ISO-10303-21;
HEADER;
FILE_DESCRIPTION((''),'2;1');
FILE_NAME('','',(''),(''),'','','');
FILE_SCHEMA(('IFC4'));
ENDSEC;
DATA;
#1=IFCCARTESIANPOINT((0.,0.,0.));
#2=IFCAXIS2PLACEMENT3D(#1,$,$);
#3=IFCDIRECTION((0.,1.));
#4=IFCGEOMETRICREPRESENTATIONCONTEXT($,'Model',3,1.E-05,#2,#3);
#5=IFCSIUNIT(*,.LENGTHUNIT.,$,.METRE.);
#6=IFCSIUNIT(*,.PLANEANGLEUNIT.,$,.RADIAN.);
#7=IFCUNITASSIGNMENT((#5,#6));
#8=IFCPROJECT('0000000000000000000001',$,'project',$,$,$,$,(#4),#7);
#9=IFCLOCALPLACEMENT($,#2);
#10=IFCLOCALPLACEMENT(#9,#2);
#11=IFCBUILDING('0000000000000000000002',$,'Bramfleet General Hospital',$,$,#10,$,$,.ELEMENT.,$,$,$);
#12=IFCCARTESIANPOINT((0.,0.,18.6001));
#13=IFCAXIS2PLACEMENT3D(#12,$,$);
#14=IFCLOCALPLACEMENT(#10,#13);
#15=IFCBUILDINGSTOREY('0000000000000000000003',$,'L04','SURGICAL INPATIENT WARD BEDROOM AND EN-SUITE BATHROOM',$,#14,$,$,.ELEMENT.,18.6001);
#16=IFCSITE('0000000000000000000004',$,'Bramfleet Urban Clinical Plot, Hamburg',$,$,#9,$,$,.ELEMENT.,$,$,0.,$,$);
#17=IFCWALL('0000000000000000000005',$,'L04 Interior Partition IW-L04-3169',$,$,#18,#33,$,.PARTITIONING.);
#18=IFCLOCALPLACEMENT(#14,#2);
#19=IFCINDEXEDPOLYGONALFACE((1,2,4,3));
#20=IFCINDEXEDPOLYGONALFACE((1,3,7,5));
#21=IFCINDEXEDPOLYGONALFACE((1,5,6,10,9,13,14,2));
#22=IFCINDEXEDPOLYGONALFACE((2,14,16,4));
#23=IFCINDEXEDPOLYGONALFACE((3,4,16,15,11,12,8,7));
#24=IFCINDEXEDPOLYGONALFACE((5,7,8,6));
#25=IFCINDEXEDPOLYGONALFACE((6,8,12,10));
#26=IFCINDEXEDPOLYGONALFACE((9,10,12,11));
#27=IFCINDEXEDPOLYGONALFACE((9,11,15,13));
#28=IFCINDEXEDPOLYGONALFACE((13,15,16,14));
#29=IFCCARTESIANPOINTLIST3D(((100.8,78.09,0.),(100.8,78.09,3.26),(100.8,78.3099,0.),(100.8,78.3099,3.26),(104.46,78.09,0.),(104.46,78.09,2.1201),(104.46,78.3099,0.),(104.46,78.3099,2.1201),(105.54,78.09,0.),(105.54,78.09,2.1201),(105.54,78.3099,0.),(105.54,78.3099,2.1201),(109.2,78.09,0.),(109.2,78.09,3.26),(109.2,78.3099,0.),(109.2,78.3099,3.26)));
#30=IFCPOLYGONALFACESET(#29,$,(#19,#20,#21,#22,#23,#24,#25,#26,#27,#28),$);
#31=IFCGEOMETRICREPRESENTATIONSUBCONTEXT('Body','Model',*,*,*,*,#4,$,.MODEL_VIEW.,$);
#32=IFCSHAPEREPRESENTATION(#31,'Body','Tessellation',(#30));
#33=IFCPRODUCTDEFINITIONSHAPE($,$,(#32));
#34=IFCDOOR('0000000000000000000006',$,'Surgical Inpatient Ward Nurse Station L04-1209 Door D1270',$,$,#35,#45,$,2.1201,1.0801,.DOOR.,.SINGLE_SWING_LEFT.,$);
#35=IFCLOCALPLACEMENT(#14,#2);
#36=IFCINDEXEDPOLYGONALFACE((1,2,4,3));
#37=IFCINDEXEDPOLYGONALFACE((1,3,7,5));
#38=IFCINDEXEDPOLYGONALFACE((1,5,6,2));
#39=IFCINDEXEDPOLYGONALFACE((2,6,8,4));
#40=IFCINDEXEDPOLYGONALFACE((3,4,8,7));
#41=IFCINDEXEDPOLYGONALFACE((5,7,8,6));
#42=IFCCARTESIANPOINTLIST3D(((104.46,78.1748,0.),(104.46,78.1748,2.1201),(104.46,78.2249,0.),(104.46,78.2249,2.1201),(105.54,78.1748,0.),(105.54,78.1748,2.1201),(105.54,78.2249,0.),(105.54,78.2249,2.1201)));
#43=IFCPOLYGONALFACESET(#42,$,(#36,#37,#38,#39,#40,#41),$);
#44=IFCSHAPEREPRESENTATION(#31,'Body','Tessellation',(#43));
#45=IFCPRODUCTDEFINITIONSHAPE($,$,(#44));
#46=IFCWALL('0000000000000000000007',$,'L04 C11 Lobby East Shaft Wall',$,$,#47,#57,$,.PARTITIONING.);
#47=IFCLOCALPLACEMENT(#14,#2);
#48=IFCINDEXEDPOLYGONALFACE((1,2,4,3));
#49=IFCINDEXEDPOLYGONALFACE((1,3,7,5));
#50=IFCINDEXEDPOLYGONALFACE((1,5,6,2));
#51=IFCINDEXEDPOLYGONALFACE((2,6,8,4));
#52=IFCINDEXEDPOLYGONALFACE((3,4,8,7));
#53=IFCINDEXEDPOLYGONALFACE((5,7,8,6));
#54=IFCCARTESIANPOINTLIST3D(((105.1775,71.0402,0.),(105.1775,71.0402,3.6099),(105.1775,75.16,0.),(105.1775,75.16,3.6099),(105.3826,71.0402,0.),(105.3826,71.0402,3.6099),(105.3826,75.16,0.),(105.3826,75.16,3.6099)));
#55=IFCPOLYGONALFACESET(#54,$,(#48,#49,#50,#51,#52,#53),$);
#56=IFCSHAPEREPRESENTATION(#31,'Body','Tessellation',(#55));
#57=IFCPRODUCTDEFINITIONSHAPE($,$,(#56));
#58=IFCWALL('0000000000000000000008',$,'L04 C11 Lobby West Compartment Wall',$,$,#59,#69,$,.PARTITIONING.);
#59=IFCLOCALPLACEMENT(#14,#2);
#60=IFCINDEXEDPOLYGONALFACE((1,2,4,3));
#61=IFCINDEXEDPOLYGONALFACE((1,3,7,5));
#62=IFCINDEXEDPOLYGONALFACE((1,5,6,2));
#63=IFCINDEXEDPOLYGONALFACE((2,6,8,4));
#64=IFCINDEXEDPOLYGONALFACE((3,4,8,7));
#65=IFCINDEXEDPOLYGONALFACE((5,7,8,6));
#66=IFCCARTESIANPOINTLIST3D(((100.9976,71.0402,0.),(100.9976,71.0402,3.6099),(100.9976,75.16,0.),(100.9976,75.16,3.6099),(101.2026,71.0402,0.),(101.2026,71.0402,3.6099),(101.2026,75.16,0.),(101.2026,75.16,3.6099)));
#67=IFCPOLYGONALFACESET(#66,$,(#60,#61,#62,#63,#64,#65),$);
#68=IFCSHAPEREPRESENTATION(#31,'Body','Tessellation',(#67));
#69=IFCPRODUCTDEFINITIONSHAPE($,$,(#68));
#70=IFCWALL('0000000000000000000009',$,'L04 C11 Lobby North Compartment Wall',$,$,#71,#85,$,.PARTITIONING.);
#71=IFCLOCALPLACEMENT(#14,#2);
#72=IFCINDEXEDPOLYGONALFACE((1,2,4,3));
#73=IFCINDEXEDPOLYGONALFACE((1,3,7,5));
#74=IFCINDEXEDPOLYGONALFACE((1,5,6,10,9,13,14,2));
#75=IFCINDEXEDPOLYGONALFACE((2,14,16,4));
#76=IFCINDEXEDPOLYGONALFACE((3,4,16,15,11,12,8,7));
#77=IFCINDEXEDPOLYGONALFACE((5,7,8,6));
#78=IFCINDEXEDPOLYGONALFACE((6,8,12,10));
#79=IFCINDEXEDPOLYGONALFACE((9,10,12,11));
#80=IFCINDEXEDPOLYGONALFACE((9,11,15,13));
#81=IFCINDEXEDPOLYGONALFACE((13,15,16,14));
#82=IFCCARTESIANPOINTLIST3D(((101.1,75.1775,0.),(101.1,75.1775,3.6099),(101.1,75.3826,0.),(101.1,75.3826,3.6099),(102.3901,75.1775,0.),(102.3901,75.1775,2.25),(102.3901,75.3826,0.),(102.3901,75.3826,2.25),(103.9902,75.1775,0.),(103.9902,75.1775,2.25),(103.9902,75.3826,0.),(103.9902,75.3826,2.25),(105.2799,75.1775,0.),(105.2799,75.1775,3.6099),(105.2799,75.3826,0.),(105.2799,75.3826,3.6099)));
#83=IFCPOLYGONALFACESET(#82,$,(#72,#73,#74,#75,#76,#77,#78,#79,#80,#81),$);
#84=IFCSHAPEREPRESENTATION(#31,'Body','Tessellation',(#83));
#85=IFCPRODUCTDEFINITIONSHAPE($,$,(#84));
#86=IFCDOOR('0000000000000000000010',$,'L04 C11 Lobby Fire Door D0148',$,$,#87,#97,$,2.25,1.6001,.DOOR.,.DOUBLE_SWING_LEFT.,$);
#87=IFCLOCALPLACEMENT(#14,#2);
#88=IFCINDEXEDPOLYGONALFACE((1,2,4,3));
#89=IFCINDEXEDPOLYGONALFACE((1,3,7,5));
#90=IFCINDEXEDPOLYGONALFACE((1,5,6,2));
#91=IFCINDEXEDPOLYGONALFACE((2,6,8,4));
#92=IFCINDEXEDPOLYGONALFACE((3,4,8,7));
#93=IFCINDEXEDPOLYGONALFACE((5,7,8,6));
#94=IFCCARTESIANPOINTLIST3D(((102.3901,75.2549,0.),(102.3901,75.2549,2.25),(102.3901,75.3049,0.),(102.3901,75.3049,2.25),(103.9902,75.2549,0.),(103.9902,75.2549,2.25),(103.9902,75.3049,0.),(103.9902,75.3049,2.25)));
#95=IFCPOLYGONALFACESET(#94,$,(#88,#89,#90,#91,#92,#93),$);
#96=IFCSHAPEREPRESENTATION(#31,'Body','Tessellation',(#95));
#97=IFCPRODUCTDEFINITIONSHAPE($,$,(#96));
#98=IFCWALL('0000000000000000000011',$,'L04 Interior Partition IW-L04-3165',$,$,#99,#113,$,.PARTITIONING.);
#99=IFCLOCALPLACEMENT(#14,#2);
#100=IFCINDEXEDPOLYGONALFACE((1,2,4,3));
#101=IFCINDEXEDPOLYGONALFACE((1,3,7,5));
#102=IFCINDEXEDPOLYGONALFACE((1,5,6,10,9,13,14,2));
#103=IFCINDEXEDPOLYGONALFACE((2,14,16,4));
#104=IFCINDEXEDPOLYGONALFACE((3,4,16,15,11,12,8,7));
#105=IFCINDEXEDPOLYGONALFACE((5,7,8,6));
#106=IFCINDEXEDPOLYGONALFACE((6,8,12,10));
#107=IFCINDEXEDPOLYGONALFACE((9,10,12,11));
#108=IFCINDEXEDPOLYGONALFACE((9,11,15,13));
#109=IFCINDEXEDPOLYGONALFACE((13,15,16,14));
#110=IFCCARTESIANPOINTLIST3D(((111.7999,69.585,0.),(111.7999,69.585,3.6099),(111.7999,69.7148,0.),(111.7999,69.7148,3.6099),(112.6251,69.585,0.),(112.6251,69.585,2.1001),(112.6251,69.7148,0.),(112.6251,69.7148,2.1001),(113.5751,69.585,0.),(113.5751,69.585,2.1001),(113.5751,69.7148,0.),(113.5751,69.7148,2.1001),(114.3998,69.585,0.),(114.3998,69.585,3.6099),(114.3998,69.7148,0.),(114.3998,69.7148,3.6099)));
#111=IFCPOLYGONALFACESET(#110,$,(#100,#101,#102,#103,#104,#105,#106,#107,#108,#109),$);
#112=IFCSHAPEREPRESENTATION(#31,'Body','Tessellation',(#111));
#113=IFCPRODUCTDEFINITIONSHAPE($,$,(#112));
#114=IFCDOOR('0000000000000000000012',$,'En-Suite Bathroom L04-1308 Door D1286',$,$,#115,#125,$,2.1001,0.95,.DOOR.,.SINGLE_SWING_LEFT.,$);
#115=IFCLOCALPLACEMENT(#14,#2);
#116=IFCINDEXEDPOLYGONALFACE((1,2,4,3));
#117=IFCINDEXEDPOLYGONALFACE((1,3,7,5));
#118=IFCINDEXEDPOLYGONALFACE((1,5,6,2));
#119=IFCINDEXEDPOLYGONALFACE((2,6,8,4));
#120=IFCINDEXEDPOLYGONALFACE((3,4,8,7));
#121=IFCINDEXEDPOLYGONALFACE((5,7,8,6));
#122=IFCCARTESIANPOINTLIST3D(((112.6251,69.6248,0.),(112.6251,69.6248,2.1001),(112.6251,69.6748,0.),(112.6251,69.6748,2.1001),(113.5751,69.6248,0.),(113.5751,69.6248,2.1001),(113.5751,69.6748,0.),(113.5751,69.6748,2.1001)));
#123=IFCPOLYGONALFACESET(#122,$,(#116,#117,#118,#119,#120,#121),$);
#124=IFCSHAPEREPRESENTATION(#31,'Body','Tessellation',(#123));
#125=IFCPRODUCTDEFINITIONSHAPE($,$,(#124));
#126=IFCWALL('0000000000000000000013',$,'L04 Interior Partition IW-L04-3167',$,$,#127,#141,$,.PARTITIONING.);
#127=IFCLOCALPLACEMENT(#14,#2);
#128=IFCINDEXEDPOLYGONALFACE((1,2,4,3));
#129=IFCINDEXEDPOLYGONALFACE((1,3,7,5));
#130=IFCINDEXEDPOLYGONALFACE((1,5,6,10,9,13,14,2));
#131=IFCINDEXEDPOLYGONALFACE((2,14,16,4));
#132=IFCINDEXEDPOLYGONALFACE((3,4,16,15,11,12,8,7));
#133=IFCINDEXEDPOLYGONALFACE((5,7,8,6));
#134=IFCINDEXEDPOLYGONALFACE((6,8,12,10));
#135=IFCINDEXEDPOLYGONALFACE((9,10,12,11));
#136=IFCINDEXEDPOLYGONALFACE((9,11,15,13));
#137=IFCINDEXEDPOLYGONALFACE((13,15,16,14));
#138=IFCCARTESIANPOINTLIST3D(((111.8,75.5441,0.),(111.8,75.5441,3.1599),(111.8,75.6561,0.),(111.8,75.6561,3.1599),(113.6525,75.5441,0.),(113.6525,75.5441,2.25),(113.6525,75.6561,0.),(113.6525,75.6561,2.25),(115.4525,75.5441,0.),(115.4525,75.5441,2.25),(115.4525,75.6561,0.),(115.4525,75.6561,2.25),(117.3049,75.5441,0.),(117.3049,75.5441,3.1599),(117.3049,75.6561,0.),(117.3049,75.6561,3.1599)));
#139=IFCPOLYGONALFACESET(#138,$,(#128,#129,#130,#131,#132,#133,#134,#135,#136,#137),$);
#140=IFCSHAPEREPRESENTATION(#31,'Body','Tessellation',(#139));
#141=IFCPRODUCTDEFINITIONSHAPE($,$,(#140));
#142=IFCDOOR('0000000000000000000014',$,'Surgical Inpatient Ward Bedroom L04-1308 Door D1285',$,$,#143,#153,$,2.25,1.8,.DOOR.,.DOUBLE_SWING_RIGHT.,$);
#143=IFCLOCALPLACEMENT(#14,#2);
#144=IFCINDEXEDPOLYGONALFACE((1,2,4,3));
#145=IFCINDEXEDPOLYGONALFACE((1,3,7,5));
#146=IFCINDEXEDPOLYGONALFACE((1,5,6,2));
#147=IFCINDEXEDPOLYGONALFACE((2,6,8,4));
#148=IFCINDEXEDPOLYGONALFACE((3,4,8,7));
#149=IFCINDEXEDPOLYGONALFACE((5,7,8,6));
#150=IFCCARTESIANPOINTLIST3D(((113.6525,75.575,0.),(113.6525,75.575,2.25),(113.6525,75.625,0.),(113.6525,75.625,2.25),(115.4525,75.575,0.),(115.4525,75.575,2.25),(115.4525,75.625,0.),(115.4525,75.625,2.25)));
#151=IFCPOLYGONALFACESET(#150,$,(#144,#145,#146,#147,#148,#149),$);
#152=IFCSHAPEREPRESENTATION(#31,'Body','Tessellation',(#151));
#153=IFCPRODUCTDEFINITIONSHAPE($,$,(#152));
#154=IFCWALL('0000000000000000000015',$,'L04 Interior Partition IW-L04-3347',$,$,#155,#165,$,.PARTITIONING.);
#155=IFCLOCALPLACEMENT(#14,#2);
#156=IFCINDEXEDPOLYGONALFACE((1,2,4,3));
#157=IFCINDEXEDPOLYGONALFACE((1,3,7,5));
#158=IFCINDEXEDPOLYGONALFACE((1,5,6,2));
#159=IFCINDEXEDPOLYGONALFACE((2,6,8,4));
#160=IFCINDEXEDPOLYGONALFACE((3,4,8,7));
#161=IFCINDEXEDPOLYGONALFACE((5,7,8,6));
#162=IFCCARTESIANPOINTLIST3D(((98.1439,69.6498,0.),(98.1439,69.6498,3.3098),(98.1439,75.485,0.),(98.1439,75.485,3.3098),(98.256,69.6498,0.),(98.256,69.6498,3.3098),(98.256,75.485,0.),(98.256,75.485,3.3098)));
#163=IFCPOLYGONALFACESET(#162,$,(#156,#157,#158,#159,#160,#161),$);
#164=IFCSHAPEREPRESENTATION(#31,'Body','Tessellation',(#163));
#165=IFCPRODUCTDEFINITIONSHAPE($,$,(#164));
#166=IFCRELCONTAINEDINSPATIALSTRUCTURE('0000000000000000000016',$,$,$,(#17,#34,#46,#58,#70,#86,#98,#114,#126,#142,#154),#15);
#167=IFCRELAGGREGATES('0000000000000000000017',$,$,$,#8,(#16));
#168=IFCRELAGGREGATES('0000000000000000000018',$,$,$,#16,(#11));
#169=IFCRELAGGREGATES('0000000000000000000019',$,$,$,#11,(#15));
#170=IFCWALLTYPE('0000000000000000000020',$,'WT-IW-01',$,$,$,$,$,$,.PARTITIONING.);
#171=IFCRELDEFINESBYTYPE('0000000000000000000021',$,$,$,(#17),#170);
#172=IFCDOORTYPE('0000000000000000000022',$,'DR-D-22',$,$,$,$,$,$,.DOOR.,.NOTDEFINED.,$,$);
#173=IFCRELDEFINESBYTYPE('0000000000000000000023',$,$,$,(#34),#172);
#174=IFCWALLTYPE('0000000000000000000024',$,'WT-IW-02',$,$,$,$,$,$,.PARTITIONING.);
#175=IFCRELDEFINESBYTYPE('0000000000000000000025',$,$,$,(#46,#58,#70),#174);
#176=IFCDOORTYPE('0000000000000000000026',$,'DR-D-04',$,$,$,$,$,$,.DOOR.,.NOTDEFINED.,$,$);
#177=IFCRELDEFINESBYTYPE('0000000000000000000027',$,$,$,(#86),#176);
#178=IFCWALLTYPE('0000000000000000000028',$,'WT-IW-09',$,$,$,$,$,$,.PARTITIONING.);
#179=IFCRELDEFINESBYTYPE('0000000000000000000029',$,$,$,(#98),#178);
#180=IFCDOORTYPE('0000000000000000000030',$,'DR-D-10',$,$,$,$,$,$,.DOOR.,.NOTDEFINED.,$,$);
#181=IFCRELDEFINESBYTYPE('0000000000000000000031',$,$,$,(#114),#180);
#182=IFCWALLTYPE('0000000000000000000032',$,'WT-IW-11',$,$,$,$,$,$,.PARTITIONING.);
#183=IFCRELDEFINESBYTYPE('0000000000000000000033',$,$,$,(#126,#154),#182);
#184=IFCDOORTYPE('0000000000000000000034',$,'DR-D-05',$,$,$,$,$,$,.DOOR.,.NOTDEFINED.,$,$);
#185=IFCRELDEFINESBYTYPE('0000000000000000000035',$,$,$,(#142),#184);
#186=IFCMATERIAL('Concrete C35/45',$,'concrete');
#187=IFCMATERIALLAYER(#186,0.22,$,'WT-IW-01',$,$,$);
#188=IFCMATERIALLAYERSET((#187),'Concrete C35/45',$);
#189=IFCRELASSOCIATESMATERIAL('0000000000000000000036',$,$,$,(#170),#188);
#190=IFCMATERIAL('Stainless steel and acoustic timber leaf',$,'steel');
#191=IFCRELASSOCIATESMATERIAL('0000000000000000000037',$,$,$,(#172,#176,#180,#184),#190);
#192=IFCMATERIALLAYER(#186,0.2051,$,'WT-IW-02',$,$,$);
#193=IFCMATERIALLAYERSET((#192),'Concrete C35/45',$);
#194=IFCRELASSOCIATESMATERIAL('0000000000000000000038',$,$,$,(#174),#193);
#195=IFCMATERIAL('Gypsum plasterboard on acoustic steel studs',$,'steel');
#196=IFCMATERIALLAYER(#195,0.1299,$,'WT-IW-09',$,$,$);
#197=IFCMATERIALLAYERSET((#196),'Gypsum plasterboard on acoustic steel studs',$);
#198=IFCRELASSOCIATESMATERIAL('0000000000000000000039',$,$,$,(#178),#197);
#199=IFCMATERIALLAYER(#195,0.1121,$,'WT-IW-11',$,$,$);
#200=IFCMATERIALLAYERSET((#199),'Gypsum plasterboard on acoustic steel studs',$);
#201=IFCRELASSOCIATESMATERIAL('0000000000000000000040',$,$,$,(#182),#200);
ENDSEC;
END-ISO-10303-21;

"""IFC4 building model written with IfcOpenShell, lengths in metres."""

from ifc_helpers import new_model, si_unit, direction, frame, frame_2d, origin, place, context, subcontext, project, spatial, rectangle, extrude, material, layer, layer_set, type_object, element, fill, save


model = new_model("IFC4")

# Units and contexts
model_context = context("Model", 3, precision=1e-05, world=origin(), true_north=direction((0.0, 1.0)))
body_context = subcontext(model_context, "Body", "Model", "MODEL_VIEW")
ifc_project = project(units=[si_unit("LENGTHUNIT", "METRE"), si_unit("PLANEANGLEUNIT", "RADIAN")], contexts=[model_context])

# Site, building, storey
site_placement = place(None, origin())
site = spatial("IfcSite", under=ifc_project, at=site_placement, Name="Bramfleet Urban Clinical Plot, Hamburg", CompositionType="ELEMENT", RefElevation=0.0)
building_placement = place(site_placement, origin())
building = spatial("IfcBuilding", under=site, at=building_placement, Name="Bramfleet General Hospital", CompositionType="ELEMENT")
storey_placement = place(building_placement, frame((0.0, 0.0, 18.6001)))
storey = spatial("IfcBuildingStorey", under=building, at=storey_placement, Name="L04", Description="SURGICAL INPATIENT WARD BEDROOM AND EN-SUITE BATHROOM", CompositionType="ELEMENT", Elevation=18.6001)

# Shared definitions
ifc_material_1 = material(Name="Concrete C35/45", Category="concrete")

# Wall, opening, door
ifc_layer_1 = layer(ifc_material_1, 0.22, Name="WT-IW-01")
ifc_layer_set_1 = layer_set([ifc_layer_1], Name="Concrete C35/45")
wall_type_1 = type_object("IfcWallType", Name="WT-IW-01", PredefinedType="PARTITIONING", material=ifc_layer_set_1)
wall_1_placement = place(storey_placement, frame((100.8, 78.2, 0.0), z_axis=(0.0, 0.0, 1.0), x_axis=(1.0, 0.0, 0.0)))
wall_1 = element("IfcWall", 1, at=wall_1_placement, inside=storey, type_object=wall_type_1, Name="L04 Interior Partition IW-L04-3169", PredefinedType="PARTITIONING", context=body_context, shape_type="SweptSolid", body=[
    extrude(rectangle(XDim=8.3999, YDim=0.22, at=frame_2d((4.2, 0.0))), origin(), (0.0, 0.0, 1.0), 3.26),
])
opening_1_placement = place(wall_1_placement, frame((3.6599, 0.0, 0.0)))
opening_1 = element("IfcOpeningElement", 2, at=opening_1_placement, cuts=wall_1, PredefinedType="OPENING", context=body_context, shape_type="SweptSolid", body=[
    extrude(rectangle(XDim=1.0801, YDim=2.1201, at=frame_2d((0.54, 1.0601))), frame((0.0, 0.1199, 0.0), z_axis=(0.0, -1.0, 0.0), x_axis=(1.0, 0.0, 0.0)), (0.0, 0.0, 1.0), 0.24),
])
ifc_material_2 = material(Name="Stainless steel and acoustic timber leaf", Category="steel")
door_type_1 = type_object("IfcDoorType", Name="DR-D-22", OperationType="NOTDEFINED", PredefinedType="DOOR", material=ifc_material_2)
door_1_placement = place(opening_1_placement, origin())
door_1 = element("IfcDoor", 3, at=door_1_placement, inside=storey, type_object=door_type_1, Name="Surgical Inpatient Ward Nurse Station L04-1209 Door D1270", OperationType="SINGLE_SWING_LEFT", OverallHeight=2.1201, OverallWidth=1.0801, PredefinedType="DOOR", context=body_context, shape_type="SweptSolid", body=[
    extrude(rectangle(XDim=1.0801, YDim=2.1201, at=frame_2d((0.54, 1.0601))), frame((0.0, 0.0249, 0.0), z_axis=(0.0, -1.0, 0.0), x_axis=(1.0, 0.0, 0.0)), (0.0, 0.0, 1.0), 0.05),
])
fill(opening_1, door_1)

# Walls
ifc_layer_2 = layer(ifc_material_1, 0.2051, Name="WT-IW-02")
ifc_layer_set_2 = layer_set([ifc_layer_2], Name="Concrete C35/45")
wall_type_2 = type_object("IfcWallType", Name="WT-IW-02", PredefinedType="PARTITIONING", material=ifc_layer_set_2)
for number, where, z_axis, x_axis, name in (
    (4, (105.28, 71.04, 0.0), (0.0, 0.0, 1.0), (0.0, 1.0, 0.0), "L04 C11 Lobby East Shaft Wall"),
    (5, (101.1001, 71.04, 0.0), (0.0, 0.0, 1.0), (0.0, 1.0, 0.0), "L04 C11 Lobby West Compartment Wall"),
):
    element("IfcWall", number, at=place(storey_placement, frame(where, z_axis=z_axis, x_axis=x_axis)), inside=storey, type_object=wall_type_2, Name=name, PredefinedType="PARTITIONING", context=body_context, shape_type="SweptSolid", body=[
        extrude(rectangle(XDim=4.1199, YDim=0.2051, at=frame_2d((2.0601, 0.0))), origin(), (0.0, 0.0, 1.0), 3.6099),
    ])

# Walls, openings, doors
wall_2_placement = place(storey_placement, frame((101.1001, 75.28, 0.0), z_axis=(0.0, 0.0, 1.0), x_axis=(1.0, 0.0, 0.0)))
wall_2 = element("IfcWall", 6, at=wall_2_placement, inside=storey, type_object=wall_type_2, Name="L04 C11 Lobby North Compartment Wall", PredefinedType="PARTITIONING", context=body_context, shape_type="SweptSolid", body=[
    extrude(rectangle(XDim=4.1799, YDim=0.2051, at=frame_2d((2.0898, 0.0))), origin(), (0.0, 0.0, 1.0), 3.6099),
])
opening_2_placement = place(wall_2_placement, frame((1.29, 0.0, 0.0)))
opening_2 = element("IfcOpeningElement", 7, at=opening_2_placement, cuts=wall_2, PredefinedType="OPENING", context=body_context, shape_type="SweptSolid", body=[
    extrude(rectangle(XDim=1.6001, YDim=2.25, at=frame_2d((0.8, 1.125))), frame((0.0, 0.1125, 0.0), z_axis=(0.0, -1.0, 0.0), x_axis=(1.0, 0.0, 0.0)), (0.0, 0.0, 1.0), 0.2251),
])
door_type_2 = type_object("IfcDoorType", Name="DR-D-04", OperationType="NOTDEFINED", PredefinedType="DOOR", material=ifc_material_2)
door_2_placement = place(opening_2_placement, origin())
door_2 = element("IfcDoor", 8, at=door_2_placement, inside=storey, type_object=door_type_2, Name="L04 C11 Lobby Fire Door D0148", OperationType="DOUBLE_SWING_LEFT", OverallHeight=2.25, OverallWidth=1.6001, PredefinedType="DOOR", context=body_context, shape_type="SweptSolid", body=[
    extrude(rectangle(XDim=1.6001, YDim=2.25, at=frame_2d((0.8, 1.125))), frame((0.0, 0.0249, 0.0), z_axis=(0.0, -1.0, 0.0), x_axis=(1.0, 0.0, 0.0)), (0.0, 0.0, 1.0), 0.05),
])
fill(opening_2, door_2)
ifc_material_3 = material(Name="Gypsum plasterboard on acoustic steel studs", Category="steel")
ifc_layer_3 = layer(ifc_material_3, 0.1299, Name="WT-IW-09")
ifc_layer_set_3 = layer_set([ifc_layer_3], Name="Gypsum plasterboard on acoustic steel studs")
wall_type_3 = type_object("IfcWallType", Name="WT-IW-09", PredefinedType="PARTITIONING", material=ifc_layer_set_3)
wall_3_placement = place(storey_placement, frame((111.8, 69.6499, 0.0), z_axis=(0.0, 0.0, 1.0), x_axis=(1.0, 0.0, 0.0)))
wall_3 = element("IfcWall", 9, at=wall_3_placement, inside=storey, type_object=wall_type_3, Name="L04 Interior Partition IW-L04-3165", PredefinedType="PARTITIONING", context=body_context, shape_type="SweptSolid", body=[
    extrude(rectangle(XDim=2.5999, YDim=0.1299, at=frame_2d((1.2998, 0.0))), origin(), (0.0, 0.0, 1.0), 3.6099),
])
opening_3_placement = place(wall_3_placement, frame((0.825, 0.0, 0.0)))
opening_3 = element("IfcOpeningElement", 10, at=opening_3_placement, cuts=wall_3, PredefinedType="OPENING", context=body_context, shape_type="SweptSolid", body=[
    extrude(rectangle(XDim=0.95, YDim=2.1001, at=frame_2d((0.4751, 1.05))), frame((0.0, 0.075, 0.0), z_axis=(0.0, -1.0, 0.0), x_axis=(1.0, 0.0, 0.0)), (0.0, 0.0, 1.0), 0.1499),
])
door_type_3 = type_object("IfcDoorType", Name="DR-D-10", OperationType="NOTDEFINED", PredefinedType="DOOR", material=ifc_material_2)
door_3_placement = place(opening_3_placement, origin())
door_3 = element("IfcDoor", 11, at=door_3_placement, inside=storey, type_object=door_type_3, Name="En-Suite Bathroom L04-1308 Door D1286", OperationType="SINGLE_SWING_LEFT", OverallHeight=2.1001, OverallWidth=0.95, PredefinedType="DOOR", context=body_context, shape_type="SweptSolid", body=[
    extrude(rectangle(XDim=0.95, YDim=2.1001, at=frame_2d((0.4751, 1.05))), frame((0.0, 0.0249, 0.0), z_axis=(0.0, -1.0, 0.0), x_axis=(1.0, 0.0, 0.0)), (0.0, 0.0, 1.0), 0.05),
])
fill(opening_3, door_3)
ifc_layer_4 = layer(ifc_material_3, 0.1121, Name="WT-IW-11")
ifc_layer_set_4 = layer_set([ifc_layer_4], Name="Gypsum plasterboard on acoustic steel studs")
wall_type_4 = type_object("IfcWallType", Name="WT-IW-11", PredefinedType="PARTITIONING", material=ifc_layer_set_4)
wall_4_placement = place(storey_placement, frame((111.8, 75.6001, 0.0), z_axis=(0.0, 0.0, 1.0), x_axis=(1.0, 0.0, 0.0)))
wall_4 = element("IfcWall", 12, at=wall_4_placement, inside=storey, type_object=wall_type_4, Name="L04 Interior Partition IW-L04-3167", PredefinedType="PARTITIONING", context=body_context, shape_type="SweptSolid", body=[
    extrude(rectangle(XDim=5.5049, YDim=0.1121, at=frame_2d((2.7524, 0.0))), origin(), (0.0, 0.0, 1.0), 3.1599),
])
opening_4_placement = place(wall_4_placement, frame((1.8525, 0.0, 0.0)))
opening_4 = element("IfcOpeningElement", 13, at=opening_4_placement, cuts=wall_4, PredefinedType="OPENING", context=body_context, shape_type="SweptSolid", body=[
    extrude(rectangle(XDim=1.8, YDim=2.25, at=frame_2d((0.8999, 1.125))), frame((0.0, 0.0659, 0.0), z_axis=(0.0, -1.0, 0.0), x_axis=(1.0, 0.0, 0.0)), (0.0, 0.0, 1.0), 0.1321),
])
door_type_4 = type_object("IfcDoorType", Name="DR-D-05", OperationType="NOTDEFINED", PredefinedType="DOOR", material=ifc_material_2)
door_4_placement = place(opening_4_placement, origin())
door_4 = element("IfcDoor", 14, at=door_4_placement, inside=storey, type_object=door_type_4, Name="Surgical Inpatient Ward Bedroom L04-1308 Door D1285", OperationType="DOUBLE_SWING_RIGHT", OverallHeight=2.25, OverallWidth=1.8, PredefinedType="DOOR", context=body_context, shape_type="SweptSolid", body=[
    extrude(rectangle(XDim=1.8, YDim=2.25, at=frame_2d((0.8999, 1.125))), frame((0.0, 0.0249, 0.0), z_axis=(0.0, -1.0, 0.0), x_axis=(1.0, 0.0, 0.0)), (0.0, 0.0, 1.0), 0.05),
])
fill(opening_4, door_4)

# Wall
wall_5_placement = place(storey_placement, frame((98.2, 69.6499, 0.0), z_axis=(0.0, 0.0, 1.0), x_axis=(0.0, 1.0, 0.0)))
element("IfcWall", 15, at=wall_5_placement, inside=storey, type_object=wall_type_4, Name="L04 Interior Partition IW-L04-3347", PredefinedType="PARTITIONING", context=body_context, shape_type="SweptSolid", body=[
    extrude(rectangle(XDim=5.8352, YDim=0.1121, at=frame_2d((2.9175, 0.0))), origin(), (0.0, 0.0, 1.0), 3.3098),
])

save(model, "model.ifc")
